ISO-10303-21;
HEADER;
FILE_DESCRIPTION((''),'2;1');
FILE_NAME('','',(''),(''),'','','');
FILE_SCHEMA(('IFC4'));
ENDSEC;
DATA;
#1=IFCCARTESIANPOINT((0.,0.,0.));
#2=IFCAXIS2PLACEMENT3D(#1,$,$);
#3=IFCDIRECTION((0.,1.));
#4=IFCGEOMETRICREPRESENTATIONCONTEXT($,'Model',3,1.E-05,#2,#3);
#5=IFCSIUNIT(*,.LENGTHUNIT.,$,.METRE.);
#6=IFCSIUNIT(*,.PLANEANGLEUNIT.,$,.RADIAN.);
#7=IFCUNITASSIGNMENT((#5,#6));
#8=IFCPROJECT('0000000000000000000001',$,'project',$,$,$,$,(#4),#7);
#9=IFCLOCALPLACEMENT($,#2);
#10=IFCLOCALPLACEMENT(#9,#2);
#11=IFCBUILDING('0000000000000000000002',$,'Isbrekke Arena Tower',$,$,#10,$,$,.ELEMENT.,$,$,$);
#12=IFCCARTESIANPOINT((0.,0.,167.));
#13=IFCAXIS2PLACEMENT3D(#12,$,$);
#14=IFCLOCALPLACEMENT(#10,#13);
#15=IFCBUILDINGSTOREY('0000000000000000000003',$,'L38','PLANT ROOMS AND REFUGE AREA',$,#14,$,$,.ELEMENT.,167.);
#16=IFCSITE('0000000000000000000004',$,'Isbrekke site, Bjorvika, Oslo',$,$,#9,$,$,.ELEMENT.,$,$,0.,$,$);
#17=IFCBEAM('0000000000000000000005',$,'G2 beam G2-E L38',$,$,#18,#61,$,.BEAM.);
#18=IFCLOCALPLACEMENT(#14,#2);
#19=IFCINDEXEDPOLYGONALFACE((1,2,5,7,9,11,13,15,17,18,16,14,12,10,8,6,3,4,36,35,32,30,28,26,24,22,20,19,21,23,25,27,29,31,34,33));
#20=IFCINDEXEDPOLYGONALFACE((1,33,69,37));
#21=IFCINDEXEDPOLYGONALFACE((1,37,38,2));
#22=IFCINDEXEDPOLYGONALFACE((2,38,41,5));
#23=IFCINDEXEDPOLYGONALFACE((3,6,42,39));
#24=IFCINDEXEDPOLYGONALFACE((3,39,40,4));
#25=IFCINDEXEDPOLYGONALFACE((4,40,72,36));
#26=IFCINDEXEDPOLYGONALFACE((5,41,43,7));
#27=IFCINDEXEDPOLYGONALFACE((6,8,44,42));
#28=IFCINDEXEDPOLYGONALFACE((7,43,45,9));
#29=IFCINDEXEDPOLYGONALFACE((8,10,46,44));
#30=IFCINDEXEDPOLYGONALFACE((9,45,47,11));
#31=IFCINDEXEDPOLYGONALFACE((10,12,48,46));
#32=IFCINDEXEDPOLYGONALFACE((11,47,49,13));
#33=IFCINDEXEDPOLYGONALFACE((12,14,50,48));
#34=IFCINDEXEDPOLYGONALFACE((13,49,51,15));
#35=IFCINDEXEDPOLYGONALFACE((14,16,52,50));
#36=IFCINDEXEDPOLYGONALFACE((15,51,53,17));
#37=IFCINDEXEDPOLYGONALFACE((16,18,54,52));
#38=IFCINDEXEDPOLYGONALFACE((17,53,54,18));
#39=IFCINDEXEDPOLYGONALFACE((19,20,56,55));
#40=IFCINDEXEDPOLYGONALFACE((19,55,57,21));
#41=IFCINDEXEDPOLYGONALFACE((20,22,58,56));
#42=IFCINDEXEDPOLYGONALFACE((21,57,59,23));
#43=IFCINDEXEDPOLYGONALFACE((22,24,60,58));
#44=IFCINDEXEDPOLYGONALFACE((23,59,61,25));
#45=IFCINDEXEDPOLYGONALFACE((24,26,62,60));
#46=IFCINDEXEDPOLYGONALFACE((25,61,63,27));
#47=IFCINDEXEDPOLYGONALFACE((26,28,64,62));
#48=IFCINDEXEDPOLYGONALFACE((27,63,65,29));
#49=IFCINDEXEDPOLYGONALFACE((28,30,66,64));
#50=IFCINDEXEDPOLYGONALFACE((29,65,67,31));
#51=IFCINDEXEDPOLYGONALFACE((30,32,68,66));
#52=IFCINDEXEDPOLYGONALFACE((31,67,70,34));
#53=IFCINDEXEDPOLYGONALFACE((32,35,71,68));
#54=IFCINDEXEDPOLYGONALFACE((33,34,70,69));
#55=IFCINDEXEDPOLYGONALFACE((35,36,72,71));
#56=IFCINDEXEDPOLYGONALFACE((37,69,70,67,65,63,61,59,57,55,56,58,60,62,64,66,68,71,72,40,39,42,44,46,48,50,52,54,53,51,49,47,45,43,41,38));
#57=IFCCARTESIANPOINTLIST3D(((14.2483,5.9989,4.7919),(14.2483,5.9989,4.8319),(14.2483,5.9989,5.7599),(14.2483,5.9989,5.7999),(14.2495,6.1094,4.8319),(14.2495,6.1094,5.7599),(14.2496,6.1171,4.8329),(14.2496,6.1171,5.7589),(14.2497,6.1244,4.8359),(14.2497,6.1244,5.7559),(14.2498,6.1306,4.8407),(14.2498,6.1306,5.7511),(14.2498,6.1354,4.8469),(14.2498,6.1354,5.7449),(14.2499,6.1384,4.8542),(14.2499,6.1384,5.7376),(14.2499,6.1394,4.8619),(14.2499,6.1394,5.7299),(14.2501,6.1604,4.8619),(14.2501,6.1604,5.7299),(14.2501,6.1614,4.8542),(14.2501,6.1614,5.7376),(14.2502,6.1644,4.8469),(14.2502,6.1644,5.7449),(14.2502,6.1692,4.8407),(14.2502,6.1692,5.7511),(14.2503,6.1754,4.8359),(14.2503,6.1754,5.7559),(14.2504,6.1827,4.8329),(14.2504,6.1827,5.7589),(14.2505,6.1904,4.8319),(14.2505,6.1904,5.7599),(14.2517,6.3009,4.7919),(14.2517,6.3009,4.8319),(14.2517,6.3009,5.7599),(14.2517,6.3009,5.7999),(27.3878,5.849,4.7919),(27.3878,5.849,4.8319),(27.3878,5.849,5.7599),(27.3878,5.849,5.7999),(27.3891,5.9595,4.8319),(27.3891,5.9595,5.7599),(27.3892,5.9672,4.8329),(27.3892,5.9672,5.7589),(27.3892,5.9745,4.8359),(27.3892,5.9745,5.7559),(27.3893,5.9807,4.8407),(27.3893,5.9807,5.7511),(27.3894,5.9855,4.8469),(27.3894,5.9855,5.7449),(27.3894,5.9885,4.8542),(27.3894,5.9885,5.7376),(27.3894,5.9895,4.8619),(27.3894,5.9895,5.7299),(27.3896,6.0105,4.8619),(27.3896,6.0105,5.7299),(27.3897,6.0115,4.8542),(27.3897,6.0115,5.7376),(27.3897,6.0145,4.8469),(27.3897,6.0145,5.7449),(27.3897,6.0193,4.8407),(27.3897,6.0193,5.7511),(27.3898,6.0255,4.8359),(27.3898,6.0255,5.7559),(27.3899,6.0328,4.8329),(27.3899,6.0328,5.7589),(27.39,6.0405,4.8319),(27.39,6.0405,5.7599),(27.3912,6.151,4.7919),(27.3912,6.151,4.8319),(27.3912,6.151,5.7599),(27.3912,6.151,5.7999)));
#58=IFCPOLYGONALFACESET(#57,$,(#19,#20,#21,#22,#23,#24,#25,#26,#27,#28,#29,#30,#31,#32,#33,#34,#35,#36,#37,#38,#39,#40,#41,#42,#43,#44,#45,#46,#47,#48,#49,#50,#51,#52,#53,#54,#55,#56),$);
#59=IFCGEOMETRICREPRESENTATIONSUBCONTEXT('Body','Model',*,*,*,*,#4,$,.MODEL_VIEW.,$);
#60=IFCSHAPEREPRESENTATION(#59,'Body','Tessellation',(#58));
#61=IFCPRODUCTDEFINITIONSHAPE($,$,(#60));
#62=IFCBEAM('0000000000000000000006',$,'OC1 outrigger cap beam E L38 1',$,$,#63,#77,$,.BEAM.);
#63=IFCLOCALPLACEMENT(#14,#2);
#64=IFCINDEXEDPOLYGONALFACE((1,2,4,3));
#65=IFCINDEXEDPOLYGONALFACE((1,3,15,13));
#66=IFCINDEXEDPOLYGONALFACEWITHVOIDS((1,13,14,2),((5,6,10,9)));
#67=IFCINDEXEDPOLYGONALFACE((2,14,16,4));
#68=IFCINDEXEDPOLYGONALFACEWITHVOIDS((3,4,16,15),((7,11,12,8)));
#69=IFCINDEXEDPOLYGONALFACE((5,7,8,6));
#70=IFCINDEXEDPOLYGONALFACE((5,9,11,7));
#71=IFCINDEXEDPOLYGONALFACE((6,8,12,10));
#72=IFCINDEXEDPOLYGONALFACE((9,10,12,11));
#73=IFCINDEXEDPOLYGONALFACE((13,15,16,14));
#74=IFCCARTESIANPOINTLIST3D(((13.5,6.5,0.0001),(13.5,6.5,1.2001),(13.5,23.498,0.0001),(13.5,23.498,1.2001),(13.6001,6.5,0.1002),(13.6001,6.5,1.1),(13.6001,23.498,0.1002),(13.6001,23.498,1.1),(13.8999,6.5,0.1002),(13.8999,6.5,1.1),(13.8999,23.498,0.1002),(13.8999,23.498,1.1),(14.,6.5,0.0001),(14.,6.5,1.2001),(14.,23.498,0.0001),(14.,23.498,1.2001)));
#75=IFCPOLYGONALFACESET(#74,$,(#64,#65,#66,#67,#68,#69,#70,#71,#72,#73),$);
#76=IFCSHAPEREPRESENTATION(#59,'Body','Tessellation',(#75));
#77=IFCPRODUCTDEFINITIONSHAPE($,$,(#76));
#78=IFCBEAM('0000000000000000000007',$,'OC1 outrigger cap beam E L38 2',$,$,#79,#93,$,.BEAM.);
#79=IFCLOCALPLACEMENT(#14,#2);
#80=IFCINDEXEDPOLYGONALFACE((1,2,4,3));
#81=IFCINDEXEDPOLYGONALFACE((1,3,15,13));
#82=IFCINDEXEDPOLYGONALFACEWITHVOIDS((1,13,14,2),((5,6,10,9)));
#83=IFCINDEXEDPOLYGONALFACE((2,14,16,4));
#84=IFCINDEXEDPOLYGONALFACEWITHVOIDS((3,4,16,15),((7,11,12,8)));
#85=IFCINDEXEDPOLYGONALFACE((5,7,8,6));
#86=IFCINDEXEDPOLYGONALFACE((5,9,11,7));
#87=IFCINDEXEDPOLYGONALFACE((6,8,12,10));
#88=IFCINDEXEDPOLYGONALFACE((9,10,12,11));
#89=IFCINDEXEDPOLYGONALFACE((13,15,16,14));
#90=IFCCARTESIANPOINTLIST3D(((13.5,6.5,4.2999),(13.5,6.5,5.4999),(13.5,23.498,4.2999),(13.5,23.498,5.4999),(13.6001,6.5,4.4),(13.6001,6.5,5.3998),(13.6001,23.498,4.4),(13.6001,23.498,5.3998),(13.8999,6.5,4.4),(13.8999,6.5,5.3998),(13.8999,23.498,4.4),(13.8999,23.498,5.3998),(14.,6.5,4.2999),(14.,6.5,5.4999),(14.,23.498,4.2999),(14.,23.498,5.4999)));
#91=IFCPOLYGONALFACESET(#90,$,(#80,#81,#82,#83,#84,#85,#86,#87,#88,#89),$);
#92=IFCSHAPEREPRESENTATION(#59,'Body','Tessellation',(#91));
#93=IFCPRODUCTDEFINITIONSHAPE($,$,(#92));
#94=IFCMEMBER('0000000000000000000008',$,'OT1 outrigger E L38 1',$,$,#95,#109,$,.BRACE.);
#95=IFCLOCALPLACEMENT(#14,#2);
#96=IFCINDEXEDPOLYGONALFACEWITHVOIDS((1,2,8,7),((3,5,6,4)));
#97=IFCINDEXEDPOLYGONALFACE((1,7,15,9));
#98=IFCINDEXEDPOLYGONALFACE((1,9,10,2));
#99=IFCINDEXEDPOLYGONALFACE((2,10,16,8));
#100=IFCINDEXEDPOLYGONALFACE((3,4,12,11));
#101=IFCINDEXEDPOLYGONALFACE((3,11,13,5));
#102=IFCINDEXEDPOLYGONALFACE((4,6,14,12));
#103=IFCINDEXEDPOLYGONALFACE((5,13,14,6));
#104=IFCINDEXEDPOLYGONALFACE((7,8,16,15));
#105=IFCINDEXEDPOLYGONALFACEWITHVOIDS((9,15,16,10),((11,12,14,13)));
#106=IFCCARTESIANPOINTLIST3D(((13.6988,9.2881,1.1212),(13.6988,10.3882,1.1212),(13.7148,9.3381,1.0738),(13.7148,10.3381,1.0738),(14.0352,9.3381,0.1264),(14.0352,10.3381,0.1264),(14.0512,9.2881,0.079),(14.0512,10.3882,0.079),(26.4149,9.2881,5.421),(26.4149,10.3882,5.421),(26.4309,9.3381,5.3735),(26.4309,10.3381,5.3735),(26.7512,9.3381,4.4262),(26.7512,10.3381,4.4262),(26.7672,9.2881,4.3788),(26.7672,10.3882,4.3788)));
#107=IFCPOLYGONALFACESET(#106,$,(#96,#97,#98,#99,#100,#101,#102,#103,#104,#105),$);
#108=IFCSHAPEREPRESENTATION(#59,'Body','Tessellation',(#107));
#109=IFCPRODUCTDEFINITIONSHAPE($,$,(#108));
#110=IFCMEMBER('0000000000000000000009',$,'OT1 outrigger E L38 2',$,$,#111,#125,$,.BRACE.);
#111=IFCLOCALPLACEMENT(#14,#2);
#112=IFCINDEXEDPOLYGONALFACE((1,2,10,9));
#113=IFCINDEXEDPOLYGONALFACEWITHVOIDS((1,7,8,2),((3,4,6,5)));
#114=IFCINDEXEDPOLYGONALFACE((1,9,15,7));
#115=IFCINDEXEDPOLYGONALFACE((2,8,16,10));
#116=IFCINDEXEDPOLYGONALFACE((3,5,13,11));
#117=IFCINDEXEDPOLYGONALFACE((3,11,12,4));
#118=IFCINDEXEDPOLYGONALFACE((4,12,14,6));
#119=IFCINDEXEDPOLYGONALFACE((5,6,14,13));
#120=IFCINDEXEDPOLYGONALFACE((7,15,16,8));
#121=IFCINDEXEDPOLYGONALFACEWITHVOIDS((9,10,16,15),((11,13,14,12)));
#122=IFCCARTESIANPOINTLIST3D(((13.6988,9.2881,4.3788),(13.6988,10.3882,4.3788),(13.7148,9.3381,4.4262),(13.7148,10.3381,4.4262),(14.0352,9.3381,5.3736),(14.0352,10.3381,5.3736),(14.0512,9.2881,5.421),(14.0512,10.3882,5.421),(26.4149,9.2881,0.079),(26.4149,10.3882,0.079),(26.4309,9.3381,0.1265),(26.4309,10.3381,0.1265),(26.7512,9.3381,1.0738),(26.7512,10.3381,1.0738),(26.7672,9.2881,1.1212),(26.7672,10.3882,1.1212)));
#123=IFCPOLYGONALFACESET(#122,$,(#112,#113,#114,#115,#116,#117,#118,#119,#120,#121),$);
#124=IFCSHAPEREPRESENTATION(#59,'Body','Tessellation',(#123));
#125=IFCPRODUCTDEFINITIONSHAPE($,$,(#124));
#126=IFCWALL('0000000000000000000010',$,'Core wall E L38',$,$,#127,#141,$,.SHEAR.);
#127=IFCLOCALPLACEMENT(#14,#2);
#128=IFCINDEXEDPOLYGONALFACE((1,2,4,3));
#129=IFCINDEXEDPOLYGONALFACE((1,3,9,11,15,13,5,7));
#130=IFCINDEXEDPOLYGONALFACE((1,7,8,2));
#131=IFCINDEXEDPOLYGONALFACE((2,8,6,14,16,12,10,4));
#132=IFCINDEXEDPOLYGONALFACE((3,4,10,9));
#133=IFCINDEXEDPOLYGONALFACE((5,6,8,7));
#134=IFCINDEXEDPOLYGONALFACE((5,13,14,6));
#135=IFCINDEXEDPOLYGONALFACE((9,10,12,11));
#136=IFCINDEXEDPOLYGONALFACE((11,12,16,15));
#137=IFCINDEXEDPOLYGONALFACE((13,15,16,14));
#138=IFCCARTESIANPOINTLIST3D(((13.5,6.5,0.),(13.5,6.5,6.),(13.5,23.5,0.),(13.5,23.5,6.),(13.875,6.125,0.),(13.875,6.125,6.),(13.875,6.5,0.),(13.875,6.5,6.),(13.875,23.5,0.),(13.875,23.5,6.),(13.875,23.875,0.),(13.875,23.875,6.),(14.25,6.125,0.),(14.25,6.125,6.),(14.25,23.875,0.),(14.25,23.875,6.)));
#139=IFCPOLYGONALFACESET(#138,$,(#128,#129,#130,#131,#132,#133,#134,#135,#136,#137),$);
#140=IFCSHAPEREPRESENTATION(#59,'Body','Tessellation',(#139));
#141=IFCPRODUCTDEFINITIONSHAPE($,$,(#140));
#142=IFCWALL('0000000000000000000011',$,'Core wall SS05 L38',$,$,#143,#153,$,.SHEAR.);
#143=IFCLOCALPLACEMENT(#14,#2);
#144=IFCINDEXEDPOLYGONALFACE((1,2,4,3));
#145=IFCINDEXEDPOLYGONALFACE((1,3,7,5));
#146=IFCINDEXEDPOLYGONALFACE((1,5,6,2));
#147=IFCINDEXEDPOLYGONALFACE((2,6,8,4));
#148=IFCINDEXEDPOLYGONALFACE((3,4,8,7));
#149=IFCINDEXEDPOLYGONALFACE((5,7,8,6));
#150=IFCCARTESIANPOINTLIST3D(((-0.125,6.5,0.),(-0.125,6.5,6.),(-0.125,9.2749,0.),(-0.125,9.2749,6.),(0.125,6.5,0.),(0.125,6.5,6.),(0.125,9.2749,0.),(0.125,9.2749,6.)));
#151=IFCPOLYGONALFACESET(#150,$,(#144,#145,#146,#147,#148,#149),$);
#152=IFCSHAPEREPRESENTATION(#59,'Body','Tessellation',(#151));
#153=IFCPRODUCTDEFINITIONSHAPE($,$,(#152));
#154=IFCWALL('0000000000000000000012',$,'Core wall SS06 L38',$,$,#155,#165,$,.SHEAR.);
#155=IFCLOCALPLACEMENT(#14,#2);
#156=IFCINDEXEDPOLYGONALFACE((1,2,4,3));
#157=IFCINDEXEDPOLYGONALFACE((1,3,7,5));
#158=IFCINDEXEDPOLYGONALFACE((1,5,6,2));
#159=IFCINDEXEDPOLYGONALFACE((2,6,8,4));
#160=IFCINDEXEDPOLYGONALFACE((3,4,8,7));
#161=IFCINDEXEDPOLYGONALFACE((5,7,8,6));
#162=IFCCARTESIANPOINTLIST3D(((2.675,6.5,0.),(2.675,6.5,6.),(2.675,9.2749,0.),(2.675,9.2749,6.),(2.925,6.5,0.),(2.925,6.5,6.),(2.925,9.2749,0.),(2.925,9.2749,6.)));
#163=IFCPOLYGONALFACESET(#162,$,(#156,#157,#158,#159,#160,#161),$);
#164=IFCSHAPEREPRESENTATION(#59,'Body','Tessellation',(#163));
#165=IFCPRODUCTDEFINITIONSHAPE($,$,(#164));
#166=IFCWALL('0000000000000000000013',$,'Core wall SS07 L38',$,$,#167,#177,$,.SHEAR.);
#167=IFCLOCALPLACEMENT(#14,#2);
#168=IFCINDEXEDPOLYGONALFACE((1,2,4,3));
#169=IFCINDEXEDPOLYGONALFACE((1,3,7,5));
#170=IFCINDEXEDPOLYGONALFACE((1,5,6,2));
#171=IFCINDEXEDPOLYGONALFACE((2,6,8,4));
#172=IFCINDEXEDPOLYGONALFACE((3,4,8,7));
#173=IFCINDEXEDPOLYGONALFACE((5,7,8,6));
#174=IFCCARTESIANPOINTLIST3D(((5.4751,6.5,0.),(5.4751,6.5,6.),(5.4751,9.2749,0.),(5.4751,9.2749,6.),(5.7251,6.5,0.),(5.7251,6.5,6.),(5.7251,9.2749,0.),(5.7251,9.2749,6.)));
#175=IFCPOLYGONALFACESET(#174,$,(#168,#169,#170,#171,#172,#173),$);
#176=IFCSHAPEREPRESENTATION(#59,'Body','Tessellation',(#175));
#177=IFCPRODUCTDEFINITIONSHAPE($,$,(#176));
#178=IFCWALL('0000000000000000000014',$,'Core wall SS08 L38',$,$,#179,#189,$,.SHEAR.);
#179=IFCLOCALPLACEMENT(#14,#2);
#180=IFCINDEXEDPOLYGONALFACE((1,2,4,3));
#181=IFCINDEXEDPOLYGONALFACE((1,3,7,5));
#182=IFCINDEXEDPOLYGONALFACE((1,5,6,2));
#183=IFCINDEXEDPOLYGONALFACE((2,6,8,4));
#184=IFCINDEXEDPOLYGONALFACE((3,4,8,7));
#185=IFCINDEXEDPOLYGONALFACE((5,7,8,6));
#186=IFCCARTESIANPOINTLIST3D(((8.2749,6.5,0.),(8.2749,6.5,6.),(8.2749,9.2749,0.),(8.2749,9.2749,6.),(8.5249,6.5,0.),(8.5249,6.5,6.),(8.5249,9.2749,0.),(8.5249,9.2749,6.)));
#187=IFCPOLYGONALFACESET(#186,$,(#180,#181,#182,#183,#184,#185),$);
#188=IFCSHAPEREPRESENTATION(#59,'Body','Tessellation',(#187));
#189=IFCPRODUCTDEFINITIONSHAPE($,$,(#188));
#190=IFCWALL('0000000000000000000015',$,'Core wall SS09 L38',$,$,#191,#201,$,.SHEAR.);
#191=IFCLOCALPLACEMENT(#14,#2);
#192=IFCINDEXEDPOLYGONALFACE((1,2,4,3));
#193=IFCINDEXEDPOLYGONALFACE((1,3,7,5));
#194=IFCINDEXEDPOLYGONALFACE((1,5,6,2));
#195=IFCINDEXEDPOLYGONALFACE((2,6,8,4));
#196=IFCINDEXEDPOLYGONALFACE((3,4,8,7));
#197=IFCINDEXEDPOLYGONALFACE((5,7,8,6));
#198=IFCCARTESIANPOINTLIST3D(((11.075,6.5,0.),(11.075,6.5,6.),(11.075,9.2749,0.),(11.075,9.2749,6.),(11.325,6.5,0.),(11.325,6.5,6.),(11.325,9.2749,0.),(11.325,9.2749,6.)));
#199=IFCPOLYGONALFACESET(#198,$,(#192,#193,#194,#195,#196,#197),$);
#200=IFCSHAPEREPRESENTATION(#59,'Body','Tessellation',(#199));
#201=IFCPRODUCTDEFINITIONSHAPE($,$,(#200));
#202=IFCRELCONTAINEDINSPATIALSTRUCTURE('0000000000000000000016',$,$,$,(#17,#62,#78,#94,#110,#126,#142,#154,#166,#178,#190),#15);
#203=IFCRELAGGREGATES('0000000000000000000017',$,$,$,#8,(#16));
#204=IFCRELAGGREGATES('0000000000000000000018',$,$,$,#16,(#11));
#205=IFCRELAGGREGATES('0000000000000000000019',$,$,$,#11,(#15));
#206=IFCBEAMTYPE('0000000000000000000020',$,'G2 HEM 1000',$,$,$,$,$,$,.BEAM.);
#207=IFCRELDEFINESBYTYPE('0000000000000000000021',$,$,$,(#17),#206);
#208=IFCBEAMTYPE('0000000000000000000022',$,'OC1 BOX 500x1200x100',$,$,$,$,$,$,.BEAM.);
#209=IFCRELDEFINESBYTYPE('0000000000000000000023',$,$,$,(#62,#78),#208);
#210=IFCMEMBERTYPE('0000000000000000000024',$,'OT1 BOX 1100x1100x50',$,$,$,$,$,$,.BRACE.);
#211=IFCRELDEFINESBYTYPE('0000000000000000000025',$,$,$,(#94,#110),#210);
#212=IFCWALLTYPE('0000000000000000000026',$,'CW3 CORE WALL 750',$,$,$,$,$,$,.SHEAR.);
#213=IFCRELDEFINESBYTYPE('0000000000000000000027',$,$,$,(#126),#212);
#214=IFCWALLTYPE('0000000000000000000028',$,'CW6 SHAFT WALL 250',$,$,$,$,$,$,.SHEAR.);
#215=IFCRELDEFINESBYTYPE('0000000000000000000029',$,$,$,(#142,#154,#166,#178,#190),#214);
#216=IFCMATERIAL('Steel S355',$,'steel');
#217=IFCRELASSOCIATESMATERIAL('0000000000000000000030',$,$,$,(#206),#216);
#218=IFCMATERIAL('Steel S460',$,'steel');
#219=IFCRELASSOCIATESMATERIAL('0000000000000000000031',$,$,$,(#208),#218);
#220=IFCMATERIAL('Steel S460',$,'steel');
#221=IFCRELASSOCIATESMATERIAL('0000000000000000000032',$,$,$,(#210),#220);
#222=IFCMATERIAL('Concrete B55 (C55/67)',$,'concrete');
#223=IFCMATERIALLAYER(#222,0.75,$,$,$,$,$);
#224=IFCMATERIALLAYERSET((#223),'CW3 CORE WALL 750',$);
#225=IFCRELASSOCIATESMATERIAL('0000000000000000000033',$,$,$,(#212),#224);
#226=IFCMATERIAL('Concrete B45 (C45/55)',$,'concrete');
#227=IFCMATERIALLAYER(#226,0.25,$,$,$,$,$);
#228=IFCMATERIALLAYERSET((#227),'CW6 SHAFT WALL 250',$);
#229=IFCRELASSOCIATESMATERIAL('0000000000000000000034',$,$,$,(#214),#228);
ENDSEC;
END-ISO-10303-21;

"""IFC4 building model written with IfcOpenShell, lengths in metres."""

from ifc_helpers import new_model, si_unit, direction, frame, frame_2d, origin, origin_2d, place, context, subcontext, project, spatial, polyline, rectangle, hollow_rectangle, i_section, outline, extrude, material, layer, layer_set, material_profile, profile_set, type_object, element, save


model = new_model("IFC4")

# Units and contexts
model_context = context("Model", 3, precision=1e-05, world=origin(), true_north=direction((0.0, 1.0)))
body_context = subcontext(model_context, "Body", "Model", "MODEL_VIEW")
ifc_project = project(units=[si_unit("LENGTHUNIT", "METRE"), si_unit("PLANEANGLEUNIT", "RADIAN")], contexts=[model_context])

# Site, building, storey
site_placement = place(None, origin())
site = spatial("IfcSite", under=ifc_project, at=site_placement, Name="Isbrekke site, Bjorvika, Oslo", CompositionType="ELEMENT", RefElevation=0.0)
building_placement = place(site_placement, origin())
building = spatial("IfcBuilding", under=site, at=building_placement, Name="Isbrekke Arena Tower", CompositionType="ELEMENT")
storey_placement = place(building_placement, frame((0.0, 0.0, 167.0)))
storey = spatial("IfcBuildingStorey", under=building, at=storey_placement, Name="L38", Description="PLANT ROOMS AND REFUGE AREA", CompositionType="ELEMENT", Elevation=167.0)

# Beams
ifc_material_1 = material(Name="Steel S355", Category="steel")
ifc_material_profile_1 = material_profile(ifc_material_1, i_section(OverallWidth=0.302, OverallDepth=1.0081, WebThickness=0.021, FlangeThickness=0.04, FilletRadius=0.03, at=origin_2d()), Name="HEM 1000")
ifc_profile_set_1 = profile_set([ifc_material_profile_1], Name="Steel S355")
beam_type_1 = type_object("IfcBeamType", Name="G2 HEM 1000", PredefinedType="BEAM", material=ifc_profile_set_1)
beam_placement = place(storey_placement, frame((14.25, 6.1499, 5.2959), z_axis=(0.999935, -0.011408, 0.0), x_axis=(0.011408, 0.999935, 0.0)))
element("IfcBeam", 1, at=beam_placement, inside=storey, type_object=beam_type_1, Name="G2 beam G2-E L38", PredefinedType="BEAM", context=body_context, shape_type="SweptSolid", body=[
    extrude(i_section(OverallWidth=0.302, OverallDepth=1.0081, WebThickness=0.021, FlangeThickness=0.04, FilletRadius=0.03, at=origin_2d()), origin(), (0.0, 0.0, 1.0), 13.1404),
])
ifc_material_2 = material(Name="Steel S460", Category="steel")
ifc_material_profile_2 = material_profile(ifc_material_2, hollow_rectangle(XDim=0.5, YDim=1.2, WallThickness=0.1001, at=origin_2d()), Name="BOX 500x1200x100")
ifc_profile_set_2 = profile_set([ifc_material_profile_2], Name="Steel S460")
beam_type_2 = type_object("IfcBeamType", Name="OC1 BOX 500x1200x100", PredefinedType="BEAM", material=ifc_profile_set_2)
for number, where, z_axis, x_axis, name in (
    (2, (13.75, 6.5, 0.6001), (0.0, 1.0, 0.0), (-1.0, 0.0, 0.0), "OC1 outrigger cap beam E L38 1"),
    (3, (13.75, 6.5, 4.8999), (0.0, 1.0, 0.0), (-1.0, 0.0, 0.0), "OC1 outrigger cap beam E L38 2"),
):
    element("IfcBeam", number, at=place(storey_placement, frame(where, z_axis=z_axis, x_axis=x_axis)), inside=storey, type_object=beam_type_2, Name=name, PredefinedType="BEAM", context=body_context, shape_type="SweptSolid", body=[
        extrude(hollow_rectangle(XDim=0.5, YDim=1.2, WallThickness=0.1001, at=origin_2d()), origin(), (0.0, 0.0, 1.0), 16.998),
    ])

# Members
ifc_material_3 = material(Name="Steel S460", Category="steel")
ifc_material_profile_3 = material_profile(ifc_material_3, hollow_rectangle(XDim=1.1001, YDim=1.1001, WallThickness=0.05, at=origin_2d()), Name="BOX 1100x1100x50")
ifc_profile_set_3 = profile_set([ifc_material_profile_3], Name="Steel S460")
member_type = type_object("IfcMemberType", Name="OT1 BOX 1100x1100x50", PredefinedType="BRACE", material=ifc_profile_set_3)
for number, where, z_axis, x_axis, name in (
    (4, (13.875, 9.8381, 0.6001), (0.947309, 0.0, 0.320323), (0.0, 1.0, 0.0), "OT1 outrigger E L38 1"),
    (5, (13.875, 9.8381, 4.8999), (0.947309, 0.0, -0.320323), (0.0, 1.0, 0.0), "OT1 outrigger E L38 2"),
):
    element("IfcMember", number, at=place(storey_placement, frame(where, z_axis=z_axis, x_axis=x_axis)), inside=storey, type_object=member_type, Name=name, PredefinedType="BRACE", context=body_context, shape_type="SweptSolid", body=[
        extrude(hollow_rectangle(XDim=1.1001, YDim=1.1001, WallThickness=0.05, at=origin_2d()), origin(), (0.0, 0.0, 1.0), 13.4233),
    ])

# Walls
ifc_material_4 = material(Name="Concrete B55 (C55/67)", Category="concrete")
ifc_layer_1 = layer(ifc_material_4, 0.75)
ifc_layer_set_1 = layer_set([ifc_layer_1], Name="CW3 CORE WALL 750")
wall_type_1 = type_object("IfcWallType", Name="CW3 CORE WALL 750", PredefinedType="SHEAR", material=ifc_layer_set_1)
wall_1_placement = place(storey_placement, frame((13.875, 6.125, 0.0), z_axis=(0.0, 0.0, 1.0), x_axis=(0.0, 1.0, 0.0)))
element("IfcWall", 6, at=wall_1_placement, inside=storey, type_object=wall_type_1, Name="Core wall E L38", PredefinedType="SHEAR", context=body_context, shape_type="SweptSolid", body=[
    extrude(outline(polyline([(0.0, -0.375), (17.75, -0.375), (17.75, 0.0), (17.375, 0.0), (17.375, 0.375), (0.375, 0.375), (0.375, 0.0), (0.0, 0.0), (0.0, -0.375)])), origin(), (0.0, 0.0, 1.0), 6.0),
])
ifc_material_5 = material(Name="Concrete B45 (C45/55)", Category="concrete")
ifc_layer_2 = layer(ifc_material_5, 0.25)
ifc_layer_set_2 = layer_set([ifc_layer_2], Name="CW6 SHAFT WALL 250")
wall_type_2 = type_object("IfcWallType", Name="CW6 SHAFT WALL 250", PredefinedType="SHEAR", material=ifc_layer_set_2)
for number, where, z_axis, x_axis, name in (
    (7, (0.0, 6.5, 0.0), (0.0, 0.0, 1.0), (0.0, 1.0, 0.0), "Core wall SS05 L38"),
    (8, (2.8, 6.5, 0.0), (0.0, 0.0, 1.0), (0.0, 1.0, 0.0), "Core wall SS06 L38"),
    (9, (5.6001, 6.5, 0.0), (0.0, 0.0, 1.0), (0.0, 1.0, 0.0), "Core wall SS07 L38"),
    (10, (8.3999, 6.5, 0.0), (0.0, 0.0, 1.0), (0.0, 1.0, 0.0), "Core wall SS08 L38"),
    (11, (11.2, 6.5, 0.0), (0.0, 0.0, 1.0), (0.0, 1.0, 0.0), "Core wall SS09 L38"),
):
    element("IfcWall", number, at=place(storey_placement, frame(where, z_axis=z_axis, x_axis=x_axis)), inside=storey, type_object=wall_type_2, Name=name, PredefinedType="SHEAR", context=body_context, shape_type="SweptSolid", body=[
        extrude(rectangle(XDim=2.7749, YDim=0.25, at=frame_2d((1.3875, 0.0))), origin(), (0.0, 0.0, 1.0), 6.0),
    ])

save(model, "model.ifc")
